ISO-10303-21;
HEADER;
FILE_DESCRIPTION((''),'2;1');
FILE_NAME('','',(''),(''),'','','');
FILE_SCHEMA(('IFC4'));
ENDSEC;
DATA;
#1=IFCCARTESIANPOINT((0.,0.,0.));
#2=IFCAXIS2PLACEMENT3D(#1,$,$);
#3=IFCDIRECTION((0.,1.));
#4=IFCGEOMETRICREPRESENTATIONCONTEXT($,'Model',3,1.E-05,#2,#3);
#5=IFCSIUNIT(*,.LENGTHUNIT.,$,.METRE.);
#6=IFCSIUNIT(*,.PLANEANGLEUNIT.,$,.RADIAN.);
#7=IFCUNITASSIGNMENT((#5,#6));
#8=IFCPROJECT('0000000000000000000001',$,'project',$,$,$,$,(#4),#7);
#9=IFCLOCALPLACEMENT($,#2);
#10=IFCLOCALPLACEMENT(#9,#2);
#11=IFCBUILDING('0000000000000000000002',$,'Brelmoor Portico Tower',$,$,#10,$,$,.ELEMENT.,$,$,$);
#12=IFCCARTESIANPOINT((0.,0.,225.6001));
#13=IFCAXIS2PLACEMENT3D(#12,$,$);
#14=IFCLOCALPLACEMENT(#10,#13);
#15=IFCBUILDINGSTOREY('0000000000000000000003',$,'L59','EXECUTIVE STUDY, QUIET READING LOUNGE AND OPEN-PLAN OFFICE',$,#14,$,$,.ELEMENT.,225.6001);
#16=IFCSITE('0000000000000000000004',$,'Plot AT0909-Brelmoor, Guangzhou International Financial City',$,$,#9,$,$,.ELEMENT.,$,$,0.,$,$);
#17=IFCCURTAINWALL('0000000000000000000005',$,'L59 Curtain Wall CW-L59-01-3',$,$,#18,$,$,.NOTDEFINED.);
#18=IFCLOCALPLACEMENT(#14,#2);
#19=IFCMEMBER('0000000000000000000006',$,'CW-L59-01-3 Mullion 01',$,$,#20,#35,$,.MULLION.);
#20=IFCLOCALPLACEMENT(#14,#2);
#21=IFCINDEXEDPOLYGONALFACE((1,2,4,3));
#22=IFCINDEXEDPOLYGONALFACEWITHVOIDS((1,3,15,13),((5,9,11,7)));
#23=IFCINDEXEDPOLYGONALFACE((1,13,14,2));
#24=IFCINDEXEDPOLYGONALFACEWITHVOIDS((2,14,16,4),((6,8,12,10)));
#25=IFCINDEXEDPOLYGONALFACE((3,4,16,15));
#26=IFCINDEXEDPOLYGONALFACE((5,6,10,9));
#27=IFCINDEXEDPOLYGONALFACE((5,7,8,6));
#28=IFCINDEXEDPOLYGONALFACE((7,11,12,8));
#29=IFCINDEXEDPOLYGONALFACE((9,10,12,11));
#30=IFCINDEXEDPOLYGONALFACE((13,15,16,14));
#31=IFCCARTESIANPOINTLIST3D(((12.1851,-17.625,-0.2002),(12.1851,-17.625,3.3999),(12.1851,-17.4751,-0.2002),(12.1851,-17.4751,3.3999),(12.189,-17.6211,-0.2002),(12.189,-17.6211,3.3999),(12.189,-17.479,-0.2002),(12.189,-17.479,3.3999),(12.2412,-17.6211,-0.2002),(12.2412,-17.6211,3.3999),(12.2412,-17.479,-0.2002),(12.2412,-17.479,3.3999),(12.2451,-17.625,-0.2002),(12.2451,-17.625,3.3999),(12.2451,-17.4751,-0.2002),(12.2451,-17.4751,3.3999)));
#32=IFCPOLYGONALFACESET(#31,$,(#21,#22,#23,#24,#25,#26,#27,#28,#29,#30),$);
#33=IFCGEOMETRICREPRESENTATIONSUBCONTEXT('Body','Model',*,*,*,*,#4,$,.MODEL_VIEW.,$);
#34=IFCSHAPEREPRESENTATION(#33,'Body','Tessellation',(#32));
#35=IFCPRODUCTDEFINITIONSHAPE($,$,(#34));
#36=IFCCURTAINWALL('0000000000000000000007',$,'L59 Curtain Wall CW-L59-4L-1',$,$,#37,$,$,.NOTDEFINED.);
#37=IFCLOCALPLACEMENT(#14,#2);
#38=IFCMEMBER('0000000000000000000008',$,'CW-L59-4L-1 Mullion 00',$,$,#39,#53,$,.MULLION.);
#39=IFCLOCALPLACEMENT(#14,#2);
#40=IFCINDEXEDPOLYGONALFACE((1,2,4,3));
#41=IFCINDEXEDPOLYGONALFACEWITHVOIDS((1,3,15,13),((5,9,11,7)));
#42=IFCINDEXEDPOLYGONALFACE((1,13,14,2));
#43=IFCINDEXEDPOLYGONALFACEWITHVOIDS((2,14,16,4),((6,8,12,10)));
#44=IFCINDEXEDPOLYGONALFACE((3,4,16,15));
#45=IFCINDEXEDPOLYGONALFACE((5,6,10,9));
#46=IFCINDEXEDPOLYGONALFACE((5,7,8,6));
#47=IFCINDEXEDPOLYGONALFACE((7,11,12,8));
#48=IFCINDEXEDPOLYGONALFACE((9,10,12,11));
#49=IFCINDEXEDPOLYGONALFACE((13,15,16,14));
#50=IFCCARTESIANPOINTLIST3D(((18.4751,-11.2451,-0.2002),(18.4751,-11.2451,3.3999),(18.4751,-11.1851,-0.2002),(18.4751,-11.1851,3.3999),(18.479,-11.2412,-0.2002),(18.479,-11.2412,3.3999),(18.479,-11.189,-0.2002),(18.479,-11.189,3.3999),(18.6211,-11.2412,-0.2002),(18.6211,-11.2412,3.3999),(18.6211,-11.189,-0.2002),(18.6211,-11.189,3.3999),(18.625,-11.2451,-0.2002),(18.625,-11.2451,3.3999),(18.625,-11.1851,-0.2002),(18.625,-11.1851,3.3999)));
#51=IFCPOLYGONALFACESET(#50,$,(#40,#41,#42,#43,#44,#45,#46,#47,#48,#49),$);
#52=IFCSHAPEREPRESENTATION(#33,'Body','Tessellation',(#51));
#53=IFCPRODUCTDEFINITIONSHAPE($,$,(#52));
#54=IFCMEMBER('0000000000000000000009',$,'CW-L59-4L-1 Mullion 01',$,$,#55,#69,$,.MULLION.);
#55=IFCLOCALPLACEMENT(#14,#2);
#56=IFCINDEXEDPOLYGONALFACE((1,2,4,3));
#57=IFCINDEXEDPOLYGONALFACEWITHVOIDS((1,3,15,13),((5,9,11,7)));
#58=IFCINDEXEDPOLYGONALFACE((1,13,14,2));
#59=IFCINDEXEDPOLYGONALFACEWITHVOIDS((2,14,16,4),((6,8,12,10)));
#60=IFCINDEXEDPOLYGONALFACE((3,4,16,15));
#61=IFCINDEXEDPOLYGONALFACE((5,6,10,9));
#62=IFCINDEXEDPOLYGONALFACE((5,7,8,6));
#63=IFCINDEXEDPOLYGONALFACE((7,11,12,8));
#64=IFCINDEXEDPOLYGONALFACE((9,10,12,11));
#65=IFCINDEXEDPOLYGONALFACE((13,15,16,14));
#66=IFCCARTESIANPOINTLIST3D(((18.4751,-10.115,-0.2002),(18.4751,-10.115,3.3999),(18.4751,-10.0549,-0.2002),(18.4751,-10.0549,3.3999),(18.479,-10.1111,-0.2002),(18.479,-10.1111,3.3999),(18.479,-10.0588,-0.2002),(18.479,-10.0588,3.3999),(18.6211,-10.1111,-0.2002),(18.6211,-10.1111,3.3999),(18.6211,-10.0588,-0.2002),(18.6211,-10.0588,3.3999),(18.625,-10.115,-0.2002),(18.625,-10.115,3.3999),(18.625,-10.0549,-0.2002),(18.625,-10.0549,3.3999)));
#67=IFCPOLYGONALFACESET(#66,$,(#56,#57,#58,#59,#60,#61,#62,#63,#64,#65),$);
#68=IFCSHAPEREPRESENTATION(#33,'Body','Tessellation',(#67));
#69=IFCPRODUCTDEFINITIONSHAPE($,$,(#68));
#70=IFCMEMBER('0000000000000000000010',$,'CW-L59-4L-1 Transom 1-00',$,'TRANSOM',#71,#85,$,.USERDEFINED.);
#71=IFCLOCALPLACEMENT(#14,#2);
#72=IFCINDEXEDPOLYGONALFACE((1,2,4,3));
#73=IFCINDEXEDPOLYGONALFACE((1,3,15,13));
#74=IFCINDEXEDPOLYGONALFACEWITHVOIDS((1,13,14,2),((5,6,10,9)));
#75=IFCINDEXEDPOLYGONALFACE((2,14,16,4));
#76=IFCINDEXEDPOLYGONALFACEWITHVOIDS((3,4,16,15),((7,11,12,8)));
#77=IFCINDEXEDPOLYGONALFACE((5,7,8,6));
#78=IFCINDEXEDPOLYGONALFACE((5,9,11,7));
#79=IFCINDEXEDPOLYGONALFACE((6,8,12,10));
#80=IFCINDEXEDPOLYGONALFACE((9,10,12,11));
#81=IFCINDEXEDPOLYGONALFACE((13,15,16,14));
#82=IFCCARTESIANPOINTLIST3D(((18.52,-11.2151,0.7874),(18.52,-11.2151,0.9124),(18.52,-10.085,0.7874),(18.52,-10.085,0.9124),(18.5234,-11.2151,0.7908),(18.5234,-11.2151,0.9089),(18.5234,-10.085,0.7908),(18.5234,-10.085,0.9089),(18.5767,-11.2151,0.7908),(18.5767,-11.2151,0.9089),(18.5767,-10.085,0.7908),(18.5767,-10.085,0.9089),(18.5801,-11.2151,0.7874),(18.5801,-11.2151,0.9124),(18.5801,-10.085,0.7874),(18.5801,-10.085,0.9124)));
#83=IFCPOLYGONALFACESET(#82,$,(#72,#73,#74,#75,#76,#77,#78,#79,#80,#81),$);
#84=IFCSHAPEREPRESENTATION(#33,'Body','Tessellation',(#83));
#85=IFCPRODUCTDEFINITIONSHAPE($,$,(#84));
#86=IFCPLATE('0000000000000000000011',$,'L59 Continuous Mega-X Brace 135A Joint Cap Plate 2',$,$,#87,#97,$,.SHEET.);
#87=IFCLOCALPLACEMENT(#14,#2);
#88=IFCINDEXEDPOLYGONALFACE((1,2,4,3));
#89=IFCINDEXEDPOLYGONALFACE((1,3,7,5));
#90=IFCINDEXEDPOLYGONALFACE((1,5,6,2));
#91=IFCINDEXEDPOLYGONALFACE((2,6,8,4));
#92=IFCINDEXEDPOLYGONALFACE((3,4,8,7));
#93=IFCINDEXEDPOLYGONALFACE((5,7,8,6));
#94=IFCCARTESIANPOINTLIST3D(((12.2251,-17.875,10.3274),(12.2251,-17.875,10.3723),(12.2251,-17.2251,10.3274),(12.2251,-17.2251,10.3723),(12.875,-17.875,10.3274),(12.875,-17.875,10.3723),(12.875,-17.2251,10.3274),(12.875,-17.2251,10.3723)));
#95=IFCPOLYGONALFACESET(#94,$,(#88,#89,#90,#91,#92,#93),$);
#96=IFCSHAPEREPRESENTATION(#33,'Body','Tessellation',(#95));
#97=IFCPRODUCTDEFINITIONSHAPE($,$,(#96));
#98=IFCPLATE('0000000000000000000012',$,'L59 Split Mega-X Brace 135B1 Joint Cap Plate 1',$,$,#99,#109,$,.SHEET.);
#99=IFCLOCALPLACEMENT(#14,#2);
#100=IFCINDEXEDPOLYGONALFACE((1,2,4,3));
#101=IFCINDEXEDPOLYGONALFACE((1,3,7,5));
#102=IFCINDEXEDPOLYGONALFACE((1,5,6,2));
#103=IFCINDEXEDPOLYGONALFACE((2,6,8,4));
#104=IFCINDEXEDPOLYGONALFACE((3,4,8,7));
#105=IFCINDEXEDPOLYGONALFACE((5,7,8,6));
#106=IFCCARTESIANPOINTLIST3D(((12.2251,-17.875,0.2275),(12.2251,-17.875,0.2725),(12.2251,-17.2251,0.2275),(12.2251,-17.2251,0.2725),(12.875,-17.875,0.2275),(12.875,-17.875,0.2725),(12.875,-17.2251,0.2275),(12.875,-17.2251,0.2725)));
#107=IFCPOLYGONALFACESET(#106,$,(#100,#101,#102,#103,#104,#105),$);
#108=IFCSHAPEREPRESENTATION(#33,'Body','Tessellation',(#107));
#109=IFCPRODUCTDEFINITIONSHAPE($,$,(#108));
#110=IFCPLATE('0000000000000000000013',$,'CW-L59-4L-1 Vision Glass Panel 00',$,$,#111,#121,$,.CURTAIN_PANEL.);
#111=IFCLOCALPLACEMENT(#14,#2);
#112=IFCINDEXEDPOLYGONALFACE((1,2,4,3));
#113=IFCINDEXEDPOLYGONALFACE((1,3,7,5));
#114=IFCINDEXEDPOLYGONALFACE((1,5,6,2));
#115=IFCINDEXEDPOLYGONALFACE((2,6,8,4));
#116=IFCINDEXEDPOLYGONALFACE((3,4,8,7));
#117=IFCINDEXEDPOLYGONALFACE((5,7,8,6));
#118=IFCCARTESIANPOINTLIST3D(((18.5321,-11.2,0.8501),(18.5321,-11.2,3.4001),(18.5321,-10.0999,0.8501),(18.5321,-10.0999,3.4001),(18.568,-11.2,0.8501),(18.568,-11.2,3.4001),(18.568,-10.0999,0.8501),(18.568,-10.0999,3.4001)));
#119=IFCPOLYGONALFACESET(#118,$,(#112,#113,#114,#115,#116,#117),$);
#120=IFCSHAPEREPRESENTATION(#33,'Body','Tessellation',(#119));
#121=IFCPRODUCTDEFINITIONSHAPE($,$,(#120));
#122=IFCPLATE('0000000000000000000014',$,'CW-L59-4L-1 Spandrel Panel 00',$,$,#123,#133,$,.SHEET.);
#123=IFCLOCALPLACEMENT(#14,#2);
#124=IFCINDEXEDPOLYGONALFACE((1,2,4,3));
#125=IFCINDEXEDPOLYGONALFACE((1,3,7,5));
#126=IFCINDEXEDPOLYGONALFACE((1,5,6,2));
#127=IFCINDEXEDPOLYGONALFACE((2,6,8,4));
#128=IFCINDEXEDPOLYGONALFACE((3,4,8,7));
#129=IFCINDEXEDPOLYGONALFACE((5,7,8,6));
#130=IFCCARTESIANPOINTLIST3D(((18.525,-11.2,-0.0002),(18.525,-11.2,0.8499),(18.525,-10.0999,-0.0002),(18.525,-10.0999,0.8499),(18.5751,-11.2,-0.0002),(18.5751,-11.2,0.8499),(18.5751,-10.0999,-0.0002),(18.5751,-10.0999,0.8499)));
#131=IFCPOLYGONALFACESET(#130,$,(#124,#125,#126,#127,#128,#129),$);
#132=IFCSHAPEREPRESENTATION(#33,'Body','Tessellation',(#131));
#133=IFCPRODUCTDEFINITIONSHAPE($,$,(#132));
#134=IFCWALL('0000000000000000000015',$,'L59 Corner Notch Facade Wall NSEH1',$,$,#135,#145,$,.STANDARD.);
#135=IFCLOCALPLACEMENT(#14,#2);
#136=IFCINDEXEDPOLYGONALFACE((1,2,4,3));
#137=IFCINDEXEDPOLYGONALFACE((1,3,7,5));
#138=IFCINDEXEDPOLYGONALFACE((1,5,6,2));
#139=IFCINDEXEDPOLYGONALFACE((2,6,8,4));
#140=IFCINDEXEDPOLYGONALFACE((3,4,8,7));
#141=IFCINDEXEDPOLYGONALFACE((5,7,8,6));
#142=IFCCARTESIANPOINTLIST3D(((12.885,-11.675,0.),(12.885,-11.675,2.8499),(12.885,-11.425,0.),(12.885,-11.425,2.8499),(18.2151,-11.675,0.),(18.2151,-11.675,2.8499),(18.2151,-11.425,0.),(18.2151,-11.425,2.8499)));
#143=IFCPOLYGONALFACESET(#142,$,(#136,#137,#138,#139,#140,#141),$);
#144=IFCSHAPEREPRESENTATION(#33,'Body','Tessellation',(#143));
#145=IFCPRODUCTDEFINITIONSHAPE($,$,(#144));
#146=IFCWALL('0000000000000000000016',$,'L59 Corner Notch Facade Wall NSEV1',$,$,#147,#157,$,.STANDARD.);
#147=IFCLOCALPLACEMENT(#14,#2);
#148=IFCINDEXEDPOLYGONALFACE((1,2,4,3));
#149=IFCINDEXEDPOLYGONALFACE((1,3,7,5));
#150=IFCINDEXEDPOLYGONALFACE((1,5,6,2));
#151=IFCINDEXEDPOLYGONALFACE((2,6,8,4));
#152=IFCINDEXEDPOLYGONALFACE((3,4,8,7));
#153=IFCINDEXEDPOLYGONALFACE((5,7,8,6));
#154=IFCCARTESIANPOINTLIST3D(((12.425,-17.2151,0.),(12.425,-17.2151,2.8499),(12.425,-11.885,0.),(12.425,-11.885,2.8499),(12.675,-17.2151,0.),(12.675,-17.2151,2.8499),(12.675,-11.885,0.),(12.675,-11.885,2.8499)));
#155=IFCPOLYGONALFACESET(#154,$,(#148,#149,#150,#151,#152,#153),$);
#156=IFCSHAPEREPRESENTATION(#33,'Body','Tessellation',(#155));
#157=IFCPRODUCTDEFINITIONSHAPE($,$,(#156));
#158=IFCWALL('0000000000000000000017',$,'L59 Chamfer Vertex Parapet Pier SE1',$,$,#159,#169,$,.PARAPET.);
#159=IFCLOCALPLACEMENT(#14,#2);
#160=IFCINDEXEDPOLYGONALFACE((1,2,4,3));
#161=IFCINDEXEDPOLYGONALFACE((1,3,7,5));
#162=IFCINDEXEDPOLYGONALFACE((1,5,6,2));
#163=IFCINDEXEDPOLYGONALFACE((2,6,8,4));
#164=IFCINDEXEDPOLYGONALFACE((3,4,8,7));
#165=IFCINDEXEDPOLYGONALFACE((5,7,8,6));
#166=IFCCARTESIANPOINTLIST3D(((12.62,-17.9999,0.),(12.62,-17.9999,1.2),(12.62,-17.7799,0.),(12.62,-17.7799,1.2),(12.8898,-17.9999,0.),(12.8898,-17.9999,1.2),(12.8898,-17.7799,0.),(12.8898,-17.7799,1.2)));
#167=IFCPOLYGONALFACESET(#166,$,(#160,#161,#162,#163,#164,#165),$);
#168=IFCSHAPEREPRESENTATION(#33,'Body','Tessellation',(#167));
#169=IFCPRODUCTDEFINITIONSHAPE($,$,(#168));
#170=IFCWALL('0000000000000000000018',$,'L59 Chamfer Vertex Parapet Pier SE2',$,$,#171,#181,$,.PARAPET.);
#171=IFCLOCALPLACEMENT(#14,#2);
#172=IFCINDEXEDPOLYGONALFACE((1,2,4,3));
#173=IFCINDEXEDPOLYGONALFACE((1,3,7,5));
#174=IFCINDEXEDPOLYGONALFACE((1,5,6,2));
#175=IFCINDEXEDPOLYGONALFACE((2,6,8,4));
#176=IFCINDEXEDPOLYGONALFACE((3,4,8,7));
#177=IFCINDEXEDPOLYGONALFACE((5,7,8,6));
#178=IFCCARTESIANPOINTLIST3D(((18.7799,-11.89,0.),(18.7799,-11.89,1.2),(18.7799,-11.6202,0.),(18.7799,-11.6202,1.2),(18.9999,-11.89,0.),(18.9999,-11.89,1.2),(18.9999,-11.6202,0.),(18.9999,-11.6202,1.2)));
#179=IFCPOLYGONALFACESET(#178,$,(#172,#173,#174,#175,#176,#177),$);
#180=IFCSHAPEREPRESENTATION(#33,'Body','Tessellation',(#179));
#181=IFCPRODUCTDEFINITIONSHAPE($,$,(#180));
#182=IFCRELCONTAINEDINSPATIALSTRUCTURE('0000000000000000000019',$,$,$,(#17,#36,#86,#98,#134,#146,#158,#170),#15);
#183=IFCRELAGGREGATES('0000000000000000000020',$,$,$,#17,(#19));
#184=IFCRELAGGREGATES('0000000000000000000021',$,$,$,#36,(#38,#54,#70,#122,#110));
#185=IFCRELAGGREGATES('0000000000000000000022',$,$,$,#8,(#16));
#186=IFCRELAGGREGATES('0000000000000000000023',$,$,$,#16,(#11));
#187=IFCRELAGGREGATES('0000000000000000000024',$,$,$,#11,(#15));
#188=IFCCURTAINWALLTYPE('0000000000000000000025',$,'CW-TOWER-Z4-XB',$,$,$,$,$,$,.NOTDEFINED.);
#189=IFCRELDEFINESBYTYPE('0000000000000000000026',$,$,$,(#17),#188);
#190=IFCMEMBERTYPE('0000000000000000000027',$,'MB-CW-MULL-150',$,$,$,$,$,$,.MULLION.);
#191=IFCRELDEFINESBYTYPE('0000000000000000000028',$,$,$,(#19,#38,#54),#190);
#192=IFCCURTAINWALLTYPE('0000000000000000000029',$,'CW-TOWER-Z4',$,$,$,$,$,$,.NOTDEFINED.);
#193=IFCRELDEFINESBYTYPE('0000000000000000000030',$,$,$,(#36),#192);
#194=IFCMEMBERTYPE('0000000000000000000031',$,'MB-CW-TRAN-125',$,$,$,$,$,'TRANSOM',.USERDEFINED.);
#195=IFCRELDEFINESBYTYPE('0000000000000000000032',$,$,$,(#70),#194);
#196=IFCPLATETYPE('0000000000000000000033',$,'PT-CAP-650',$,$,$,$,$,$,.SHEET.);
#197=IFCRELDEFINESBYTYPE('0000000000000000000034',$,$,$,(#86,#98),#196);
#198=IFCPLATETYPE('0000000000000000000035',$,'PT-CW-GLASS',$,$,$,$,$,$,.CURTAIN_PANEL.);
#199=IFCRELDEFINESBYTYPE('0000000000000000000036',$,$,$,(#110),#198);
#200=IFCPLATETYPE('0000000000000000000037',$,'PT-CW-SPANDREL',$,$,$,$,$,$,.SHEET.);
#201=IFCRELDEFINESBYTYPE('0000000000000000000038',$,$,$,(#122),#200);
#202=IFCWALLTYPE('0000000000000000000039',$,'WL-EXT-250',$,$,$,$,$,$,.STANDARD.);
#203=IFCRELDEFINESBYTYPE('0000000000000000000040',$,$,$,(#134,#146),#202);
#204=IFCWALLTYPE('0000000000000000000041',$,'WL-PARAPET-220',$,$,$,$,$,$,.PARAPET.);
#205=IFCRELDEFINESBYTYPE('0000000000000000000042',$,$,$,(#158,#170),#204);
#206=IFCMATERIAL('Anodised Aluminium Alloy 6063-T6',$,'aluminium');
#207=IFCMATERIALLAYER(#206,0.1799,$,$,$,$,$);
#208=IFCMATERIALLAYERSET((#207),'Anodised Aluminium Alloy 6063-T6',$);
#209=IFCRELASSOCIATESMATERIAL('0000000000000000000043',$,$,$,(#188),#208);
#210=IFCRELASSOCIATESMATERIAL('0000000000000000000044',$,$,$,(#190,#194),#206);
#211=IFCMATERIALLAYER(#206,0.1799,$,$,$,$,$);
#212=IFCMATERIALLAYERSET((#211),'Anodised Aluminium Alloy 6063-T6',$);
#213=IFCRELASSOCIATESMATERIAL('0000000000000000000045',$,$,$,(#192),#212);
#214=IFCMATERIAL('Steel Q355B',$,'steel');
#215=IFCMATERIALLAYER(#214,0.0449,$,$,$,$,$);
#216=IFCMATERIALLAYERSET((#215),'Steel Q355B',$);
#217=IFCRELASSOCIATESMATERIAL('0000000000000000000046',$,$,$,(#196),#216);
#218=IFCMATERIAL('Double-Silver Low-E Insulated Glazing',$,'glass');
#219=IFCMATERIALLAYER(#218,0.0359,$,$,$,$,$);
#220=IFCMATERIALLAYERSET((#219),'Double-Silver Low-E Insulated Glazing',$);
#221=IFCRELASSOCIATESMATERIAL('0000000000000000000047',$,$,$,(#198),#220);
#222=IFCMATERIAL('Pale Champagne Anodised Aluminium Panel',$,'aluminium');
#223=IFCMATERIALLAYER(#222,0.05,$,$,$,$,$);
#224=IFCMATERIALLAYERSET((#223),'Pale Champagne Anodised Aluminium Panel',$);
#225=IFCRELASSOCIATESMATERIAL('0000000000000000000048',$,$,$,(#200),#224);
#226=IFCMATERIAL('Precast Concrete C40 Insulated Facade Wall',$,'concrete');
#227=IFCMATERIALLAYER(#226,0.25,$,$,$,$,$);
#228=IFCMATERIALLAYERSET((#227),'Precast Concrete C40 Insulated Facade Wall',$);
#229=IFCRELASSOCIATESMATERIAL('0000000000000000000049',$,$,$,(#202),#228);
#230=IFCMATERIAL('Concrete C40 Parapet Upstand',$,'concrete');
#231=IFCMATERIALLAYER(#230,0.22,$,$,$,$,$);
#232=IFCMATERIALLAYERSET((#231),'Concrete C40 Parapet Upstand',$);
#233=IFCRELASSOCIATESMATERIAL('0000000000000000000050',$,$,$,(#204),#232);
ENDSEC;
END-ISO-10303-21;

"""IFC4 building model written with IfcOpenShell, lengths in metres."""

from ifc_helpers import new_model, si_unit, direction, frame, frame_2d, origin, origin_2d, place, context, subcontext, project, spatial, rectangle, hollow_rectangle, extrude, material, layer, layer_set, material_profile, profile_set, type_object, element, aggregate, save


model = new_model("IFC4")

# Units and contexts
model_context = context("Model", 3, precision=1e-05, world=origin(), true_north=direction((0.0, 1.0)))
body_context = subcontext(model_context, "Body", "Model", "MODEL_VIEW")
ifc_project = project(units=[si_unit("LENGTHUNIT", "METRE"), si_unit("PLANEANGLEUNIT", "RADIAN")], contexts=[model_context])

# Site, building, storey
site_placement = place(None, origin())
site = spatial("IfcSite", under=ifc_project, at=site_placement, Name="Plot AT0909-Brelmoor, Guangzhou International Financial City", CompositionType="ELEMENT", RefElevation=0.0)
building_placement = place(site_placement, origin())
building = spatial("IfcBuilding", under=site, at=building_placement, Name="Brelmoor Portico Tower", CompositionType="ELEMENT")
storey_placement = place(building_placement, frame((0.0, 0.0, 225.6001)))
storey = spatial("IfcBuildingStorey", under=building, at=storey_placement, Name="L59", Description="EXECUTIVE STUDY, QUIET READING LOUNGE AND OPEN-PLAN OFFICE", CompositionType="ELEMENT", Elevation=225.6001)

# Shared definitions
ifc_material_1 = material(Name="Steel Q355B", Category="steel")

# Curtain wall, member
ifc_material_2 = material(Name="Anodised Aluminium Alloy 6063-T6", Category="aluminium")
ifc_layer_1 = layer(ifc_material_2, 0.1799)
ifc_layer_set_1 = layer_set([ifc_layer_1], Name="Anodised Aluminium Alloy 6063-T6")
curtain_wall_type_1 = type_object("IfcCurtainWallType", Name="CW-TOWER-Z4-XB", PredefinedType="NOTDEFINED", material=ifc_layer_set_1)
curtain_wall_1_placement = place(storey_placement, origin())
curtain_wall_1 = element("IfcCurtainWall", 1, at=curtain_wall_1_placement, inside=storey, type_object=curtain_wall_type_1, Name="L59 Curtain Wall CW-L59-01-3", PredefinedType="NOTDEFINED")
ifc_material_profile_1 = material_profile(ifc_material_2, hollow_rectangle(XDim=0.0601, YDim=0.1499, WallThickness=0.0039, at=origin_2d()), Name="ALU MULLION 60x150")
ifc_profile_set_1 = profile_set([ifc_material_profile_1], Name="Anodised Aluminium Alloy 6063-T6")
member_type_1 = type_object("IfcMemberType", Name="MB-CW-MULL-150", PredefinedType="MULLION", material=ifc_profile_set_1)
member_1_placement = place(storey_placement, frame((12.2151, -17.55, -0.2002), z_axis=(0.0, 0.0, 1.0), x_axis=(1.0, 0.0, 0.0)))
member_1 = element("IfcMember", 2, at=member_1_placement, type_object=member_type_1, Name="CW-L59-01-3 Mullion 01", PredefinedType="MULLION", context=body_context, shape_type="SweptSolid", body=[
    extrude(hollow_rectangle(XDim=0.0601, YDim=0.1499, WallThickness=0.0039, at=origin_2d()), origin(), (0.0, 0.0, 1.0), 3.6001),
])
aggregate(curtain_wall_1, [member_1])

# Curtain wall, members
ifc_layer_2 = layer(ifc_material_2, 0.1799)
ifc_layer_set_2 = layer_set([ifc_layer_2], Name="Anodised Aluminium Alloy 6063-T6")
curtain_wall_type_2 = type_object("IfcCurtainWallType", Name="CW-TOWER-Z4", PredefinedType="NOTDEFINED", material=ifc_layer_set_2)
curtain_wall_2_placement = place(storey_placement, origin())
curtain_wall_2 = element("IfcCurtainWall", 3, at=curtain_wall_2_placement, inside=storey, type_object=curtain_wall_type_2, Name="L59 Curtain Wall CW-L59-4L-1", PredefinedType="NOTDEFINED")
member_2_placement = place(storey_placement, frame((18.55, -11.2151, -0.2002), z_axis=(0.0, 0.0, 1.0), x_axis=(0.0, 1.0, 0.0)))
member_2 = element("IfcMember", 4, at=member_2_placement, type_object=member_type_1, Name="CW-L59-4L-1 Mullion 00", PredefinedType="MULLION", context=body_context, shape_type="SweptSolid", body=[
    extrude(hollow_rectangle(XDim=0.0601, YDim=0.1499, WallThickness=0.0039, at=origin_2d()), origin(), (0.0, 0.0, 1.0), 3.6001),
])
member_3_placement = place(storey_placement, frame((18.55, -10.085, -0.2002), z_axis=(0.0, 0.0, 1.0), x_axis=(0.0, 1.0, 0.0)))
member_3 = element("IfcMember", 5, at=member_3_placement, type_object=member_type_1, Name="CW-L59-4L-1 Mullion 01", PredefinedType="MULLION", context=body_context, shape_type="SweptSolid", body=[
    extrude(hollow_rectangle(XDim=0.0601, YDim=0.1499, WallThickness=0.0039, at=origin_2d()), origin(), (0.0, 0.0, 1.0), 3.6001),
])
ifc_material_profile_2 = material_profile(ifc_material_2, hollow_rectangle(XDim=0.0601, YDim=0.125, WallThickness=0.0034, at=origin_2d()), Name="ALU TRANSOM 60x125")
ifc_profile_set_2 = profile_set([ifc_material_profile_2], Name="Anodised Aluminium Alloy 6063-T6")
member_type_2 = type_object("IfcMemberType", Name="MB-CW-TRAN-125", ElementType="TRANSOM", PredefinedType="USERDEFINED", material=ifc_profile_set_2)
member_4_placement = place(storey_placement, frame((18.55, -11.2151, 0.8499), z_axis=(0.0, 1.0, 0.0), x_axis=(-1.0, 0.0, 0.0)))
member_4 = element("IfcMember", 6, at=member_4_placement, type_object=member_type_2, Name="CW-L59-4L-1 Transom 1-00", ObjectType="TRANSOM", PredefinedType="USERDEFINED", context=body_context, shape_type="SweptSolid", body=[
    extrude(hollow_rectangle(XDim=0.0601, YDim=0.125, WallThickness=0.0034, at=origin_2d()), origin(), (0.0, 0.0, 1.0), 1.1301),
])

# Plates
ifc_layer_3 = layer(ifc_material_1, 0.0449)
ifc_layer_set_3 = layer_set([ifc_layer_3], Name="Steel Q355B")
plate_type_1 = type_object("IfcPlateType", Name="PT-CAP-650", PredefinedType="SHEET", material=ifc_layer_set_3)
for number, where, z_axis, x_axis, name in (
    (7, (12.55, -17.55, 10.3274), (0.0, 0.0, 1.0), (1.0, 0.0, 0.0), "L59 Continuous Mega-X Brace 135A Joint Cap Plate 2"),
    (8, (12.55, -17.55, 0.2275), (0.0, 0.0, 1.0), (1.0, 0.0, 0.0), "L59 Split Mega-X Brace 135B1 Joint Cap Plate 1"),
):
    element("IfcPlate", number, at=place(storey_placement, frame(where, z_axis=z_axis, x_axis=x_axis)), inside=storey, type_object=plate_type_1, Name=name, PredefinedType="SHEET", context=body_context, shape_type="SweptSolid", body=[
        extrude(rectangle(XDim=0.6499, YDim=0.6499, at=origin_2d()), origin(), (0.0, 0.0, 1.0), 0.0449),
    ])

# Plates
ifc_material_3 = material(Name="Double-Silver Low-E Insulated Glazing", Category="glass")
ifc_layer_4 = layer(ifc_material_3, 0.0359)
ifc_layer_set_4 = layer_set([ifc_layer_4], Name="Double-Silver Low-E Insulated Glazing")
plate_type_2 = type_object("IfcPlateType", Name="PT-CW-GLASS", PredefinedType="CURTAIN_PANEL", material=ifc_layer_set_4)
plate_1_placement = place(storey_placement, frame((18.55, -10.6499, 0.8501), z_axis=(0.0, 0.0, 1.0), x_axis=(0.0, 1.0, 0.0)))
plate_1 = element("IfcPlate", 9, at=plate_1_placement, type_object=plate_type_2, Name="CW-L59-4L-1 Vision Glass Panel 00", PredefinedType="CURTAIN_PANEL", context=body_context, shape_type="SweptSolid", body=[
    extrude(rectangle(XDim=1.1001, YDim=0.0359, at=origin_2d()), origin(), (0.0, 0.0, 1.0), 2.55),
])
ifc_material_4 = material(Name="Pale Champagne Anodised Aluminium Panel", Category="aluminium")
ifc_layer_5 = layer(ifc_material_4, 0.05)
ifc_layer_set_5 = layer_set([ifc_layer_5], Name="Pale Champagne Anodised Aluminium Panel")
plate_type_3 = type_object("IfcPlateType", Name="PT-CW-SPANDREL", PredefinedType="SHEET", material=ifc_layer_set_5)
plate_2_placement = place(storey_placement, frame((18.55, -10.6499, -0.0002), z_axis=(0.0, 0.0, 1.0), x_axis=(0.0, 1.0, 0.0)))
plate_2 = element("IfcPlate", 10, at=plate_2_placement, type_object=plate_type_3, Name="CW-L59-4L-1 Spandrel Panel 00", PredefinedType="SHEET", context=body_context, shape_type="SweptSolid", body=[
    extrude(rectangle(XDim=1.1001, YDim=0.05, at=origin_2d()), origin(), (0.0, 0.0, 1.0), 0.8501),
])
aggregate(curtain_wall_2, [member_2, member_3, member_4, plate_2, plate_1])

# Walls
ifc_material_5 = material(Name="Precast Concrete C40 Insulated Facade Wall", Category="concrete")
ifc_layer_6 = layer(ifc_material_5, 0.25)
ifc_layer_set_6 = layer_set([ifc_layer_6], Name="Precast Concrete C40 Insulated Facade Wall")
wall_type_1 = type_object("IfcWallType", Name="WL-EXT-250", PredefinedType="STANDARD", material=ifc_layer_set_6)
for number, where, z_axis, x_axis, name in (
    (11, (12.885, -11.55, 0.0), (0.0, 0.0, 1.0), (1.0, 0.0, 0.0), "L59 Corner Notch Facade Wall NSEH1"),
    (12, (12.55, -17.2151, 0.0), (0.0, 0.0, 1.0), (0.0, 1.0, 0.0), "L59 Corner Notch Facade Wall NSEV1"),
):
    element("IfcWall", number, at=place(storey_placement, frame(where, z_axis=z_axis, x_axis=x_axis)), inside=storey, type_object=wall_type_1, Name=name, PredefinedType="STANDARD", context=body_context, shape_type="SweptSolid", body=[
        extrude(rectangle(XDim=5.3301, YDim=0.25, at=frame_2d((2.665, 0.0))), origin(), (0.0, 0.0, 1.0), 2.8499),
    ])
ifc_material_6 = material(Name="Concrete C40 Parapet Upstand", Category="concrete")
ifc_layer_7 = layer(ifc_material_6, 0.22)
ifc_layer_set_7 = layer_set([ifc_layer_7], Name="Concrete C40 Parapet Upstand")
wall_type_2 = type_object("IfcWallType", Name="WL-PARAPET-220", PredefinedType="PARAPET", material=ifc_layer_set_7)
for number, where, z_axis, x_axis, name in (
    (13, (12.6201, -17.8899, 0.0), (0.0, 0.0, 1.0), (1.0, 0.0, 0.0), "L59 Chamfer Vertex Parapet Pier SE1"),
    (14, (18.8899, -11.8899, 0.0), (0.0, 0.0, 1.0), (0.0, 1.0, 0.0), "L59 Chamfer Vertex Parapet Pier SE2"),
):
    element("IfcWall", number, at=place(storey_placement, frame(where, z_axis=z_axis, x_axis=x_axis)), inside=storey, type_object=wall_type_2, Name=name, PredefinedType="PARAPET", context=body_context, shape_type="SweptSolid", body=[
        extrude(rectangle(XDim=0.2698, YDim=0.22, at=frame_2d((0.1348, 0.0))), origin(), (0.0, 0.0, 1.0), 1.2),
    ])

save(model, "model.ifc")
